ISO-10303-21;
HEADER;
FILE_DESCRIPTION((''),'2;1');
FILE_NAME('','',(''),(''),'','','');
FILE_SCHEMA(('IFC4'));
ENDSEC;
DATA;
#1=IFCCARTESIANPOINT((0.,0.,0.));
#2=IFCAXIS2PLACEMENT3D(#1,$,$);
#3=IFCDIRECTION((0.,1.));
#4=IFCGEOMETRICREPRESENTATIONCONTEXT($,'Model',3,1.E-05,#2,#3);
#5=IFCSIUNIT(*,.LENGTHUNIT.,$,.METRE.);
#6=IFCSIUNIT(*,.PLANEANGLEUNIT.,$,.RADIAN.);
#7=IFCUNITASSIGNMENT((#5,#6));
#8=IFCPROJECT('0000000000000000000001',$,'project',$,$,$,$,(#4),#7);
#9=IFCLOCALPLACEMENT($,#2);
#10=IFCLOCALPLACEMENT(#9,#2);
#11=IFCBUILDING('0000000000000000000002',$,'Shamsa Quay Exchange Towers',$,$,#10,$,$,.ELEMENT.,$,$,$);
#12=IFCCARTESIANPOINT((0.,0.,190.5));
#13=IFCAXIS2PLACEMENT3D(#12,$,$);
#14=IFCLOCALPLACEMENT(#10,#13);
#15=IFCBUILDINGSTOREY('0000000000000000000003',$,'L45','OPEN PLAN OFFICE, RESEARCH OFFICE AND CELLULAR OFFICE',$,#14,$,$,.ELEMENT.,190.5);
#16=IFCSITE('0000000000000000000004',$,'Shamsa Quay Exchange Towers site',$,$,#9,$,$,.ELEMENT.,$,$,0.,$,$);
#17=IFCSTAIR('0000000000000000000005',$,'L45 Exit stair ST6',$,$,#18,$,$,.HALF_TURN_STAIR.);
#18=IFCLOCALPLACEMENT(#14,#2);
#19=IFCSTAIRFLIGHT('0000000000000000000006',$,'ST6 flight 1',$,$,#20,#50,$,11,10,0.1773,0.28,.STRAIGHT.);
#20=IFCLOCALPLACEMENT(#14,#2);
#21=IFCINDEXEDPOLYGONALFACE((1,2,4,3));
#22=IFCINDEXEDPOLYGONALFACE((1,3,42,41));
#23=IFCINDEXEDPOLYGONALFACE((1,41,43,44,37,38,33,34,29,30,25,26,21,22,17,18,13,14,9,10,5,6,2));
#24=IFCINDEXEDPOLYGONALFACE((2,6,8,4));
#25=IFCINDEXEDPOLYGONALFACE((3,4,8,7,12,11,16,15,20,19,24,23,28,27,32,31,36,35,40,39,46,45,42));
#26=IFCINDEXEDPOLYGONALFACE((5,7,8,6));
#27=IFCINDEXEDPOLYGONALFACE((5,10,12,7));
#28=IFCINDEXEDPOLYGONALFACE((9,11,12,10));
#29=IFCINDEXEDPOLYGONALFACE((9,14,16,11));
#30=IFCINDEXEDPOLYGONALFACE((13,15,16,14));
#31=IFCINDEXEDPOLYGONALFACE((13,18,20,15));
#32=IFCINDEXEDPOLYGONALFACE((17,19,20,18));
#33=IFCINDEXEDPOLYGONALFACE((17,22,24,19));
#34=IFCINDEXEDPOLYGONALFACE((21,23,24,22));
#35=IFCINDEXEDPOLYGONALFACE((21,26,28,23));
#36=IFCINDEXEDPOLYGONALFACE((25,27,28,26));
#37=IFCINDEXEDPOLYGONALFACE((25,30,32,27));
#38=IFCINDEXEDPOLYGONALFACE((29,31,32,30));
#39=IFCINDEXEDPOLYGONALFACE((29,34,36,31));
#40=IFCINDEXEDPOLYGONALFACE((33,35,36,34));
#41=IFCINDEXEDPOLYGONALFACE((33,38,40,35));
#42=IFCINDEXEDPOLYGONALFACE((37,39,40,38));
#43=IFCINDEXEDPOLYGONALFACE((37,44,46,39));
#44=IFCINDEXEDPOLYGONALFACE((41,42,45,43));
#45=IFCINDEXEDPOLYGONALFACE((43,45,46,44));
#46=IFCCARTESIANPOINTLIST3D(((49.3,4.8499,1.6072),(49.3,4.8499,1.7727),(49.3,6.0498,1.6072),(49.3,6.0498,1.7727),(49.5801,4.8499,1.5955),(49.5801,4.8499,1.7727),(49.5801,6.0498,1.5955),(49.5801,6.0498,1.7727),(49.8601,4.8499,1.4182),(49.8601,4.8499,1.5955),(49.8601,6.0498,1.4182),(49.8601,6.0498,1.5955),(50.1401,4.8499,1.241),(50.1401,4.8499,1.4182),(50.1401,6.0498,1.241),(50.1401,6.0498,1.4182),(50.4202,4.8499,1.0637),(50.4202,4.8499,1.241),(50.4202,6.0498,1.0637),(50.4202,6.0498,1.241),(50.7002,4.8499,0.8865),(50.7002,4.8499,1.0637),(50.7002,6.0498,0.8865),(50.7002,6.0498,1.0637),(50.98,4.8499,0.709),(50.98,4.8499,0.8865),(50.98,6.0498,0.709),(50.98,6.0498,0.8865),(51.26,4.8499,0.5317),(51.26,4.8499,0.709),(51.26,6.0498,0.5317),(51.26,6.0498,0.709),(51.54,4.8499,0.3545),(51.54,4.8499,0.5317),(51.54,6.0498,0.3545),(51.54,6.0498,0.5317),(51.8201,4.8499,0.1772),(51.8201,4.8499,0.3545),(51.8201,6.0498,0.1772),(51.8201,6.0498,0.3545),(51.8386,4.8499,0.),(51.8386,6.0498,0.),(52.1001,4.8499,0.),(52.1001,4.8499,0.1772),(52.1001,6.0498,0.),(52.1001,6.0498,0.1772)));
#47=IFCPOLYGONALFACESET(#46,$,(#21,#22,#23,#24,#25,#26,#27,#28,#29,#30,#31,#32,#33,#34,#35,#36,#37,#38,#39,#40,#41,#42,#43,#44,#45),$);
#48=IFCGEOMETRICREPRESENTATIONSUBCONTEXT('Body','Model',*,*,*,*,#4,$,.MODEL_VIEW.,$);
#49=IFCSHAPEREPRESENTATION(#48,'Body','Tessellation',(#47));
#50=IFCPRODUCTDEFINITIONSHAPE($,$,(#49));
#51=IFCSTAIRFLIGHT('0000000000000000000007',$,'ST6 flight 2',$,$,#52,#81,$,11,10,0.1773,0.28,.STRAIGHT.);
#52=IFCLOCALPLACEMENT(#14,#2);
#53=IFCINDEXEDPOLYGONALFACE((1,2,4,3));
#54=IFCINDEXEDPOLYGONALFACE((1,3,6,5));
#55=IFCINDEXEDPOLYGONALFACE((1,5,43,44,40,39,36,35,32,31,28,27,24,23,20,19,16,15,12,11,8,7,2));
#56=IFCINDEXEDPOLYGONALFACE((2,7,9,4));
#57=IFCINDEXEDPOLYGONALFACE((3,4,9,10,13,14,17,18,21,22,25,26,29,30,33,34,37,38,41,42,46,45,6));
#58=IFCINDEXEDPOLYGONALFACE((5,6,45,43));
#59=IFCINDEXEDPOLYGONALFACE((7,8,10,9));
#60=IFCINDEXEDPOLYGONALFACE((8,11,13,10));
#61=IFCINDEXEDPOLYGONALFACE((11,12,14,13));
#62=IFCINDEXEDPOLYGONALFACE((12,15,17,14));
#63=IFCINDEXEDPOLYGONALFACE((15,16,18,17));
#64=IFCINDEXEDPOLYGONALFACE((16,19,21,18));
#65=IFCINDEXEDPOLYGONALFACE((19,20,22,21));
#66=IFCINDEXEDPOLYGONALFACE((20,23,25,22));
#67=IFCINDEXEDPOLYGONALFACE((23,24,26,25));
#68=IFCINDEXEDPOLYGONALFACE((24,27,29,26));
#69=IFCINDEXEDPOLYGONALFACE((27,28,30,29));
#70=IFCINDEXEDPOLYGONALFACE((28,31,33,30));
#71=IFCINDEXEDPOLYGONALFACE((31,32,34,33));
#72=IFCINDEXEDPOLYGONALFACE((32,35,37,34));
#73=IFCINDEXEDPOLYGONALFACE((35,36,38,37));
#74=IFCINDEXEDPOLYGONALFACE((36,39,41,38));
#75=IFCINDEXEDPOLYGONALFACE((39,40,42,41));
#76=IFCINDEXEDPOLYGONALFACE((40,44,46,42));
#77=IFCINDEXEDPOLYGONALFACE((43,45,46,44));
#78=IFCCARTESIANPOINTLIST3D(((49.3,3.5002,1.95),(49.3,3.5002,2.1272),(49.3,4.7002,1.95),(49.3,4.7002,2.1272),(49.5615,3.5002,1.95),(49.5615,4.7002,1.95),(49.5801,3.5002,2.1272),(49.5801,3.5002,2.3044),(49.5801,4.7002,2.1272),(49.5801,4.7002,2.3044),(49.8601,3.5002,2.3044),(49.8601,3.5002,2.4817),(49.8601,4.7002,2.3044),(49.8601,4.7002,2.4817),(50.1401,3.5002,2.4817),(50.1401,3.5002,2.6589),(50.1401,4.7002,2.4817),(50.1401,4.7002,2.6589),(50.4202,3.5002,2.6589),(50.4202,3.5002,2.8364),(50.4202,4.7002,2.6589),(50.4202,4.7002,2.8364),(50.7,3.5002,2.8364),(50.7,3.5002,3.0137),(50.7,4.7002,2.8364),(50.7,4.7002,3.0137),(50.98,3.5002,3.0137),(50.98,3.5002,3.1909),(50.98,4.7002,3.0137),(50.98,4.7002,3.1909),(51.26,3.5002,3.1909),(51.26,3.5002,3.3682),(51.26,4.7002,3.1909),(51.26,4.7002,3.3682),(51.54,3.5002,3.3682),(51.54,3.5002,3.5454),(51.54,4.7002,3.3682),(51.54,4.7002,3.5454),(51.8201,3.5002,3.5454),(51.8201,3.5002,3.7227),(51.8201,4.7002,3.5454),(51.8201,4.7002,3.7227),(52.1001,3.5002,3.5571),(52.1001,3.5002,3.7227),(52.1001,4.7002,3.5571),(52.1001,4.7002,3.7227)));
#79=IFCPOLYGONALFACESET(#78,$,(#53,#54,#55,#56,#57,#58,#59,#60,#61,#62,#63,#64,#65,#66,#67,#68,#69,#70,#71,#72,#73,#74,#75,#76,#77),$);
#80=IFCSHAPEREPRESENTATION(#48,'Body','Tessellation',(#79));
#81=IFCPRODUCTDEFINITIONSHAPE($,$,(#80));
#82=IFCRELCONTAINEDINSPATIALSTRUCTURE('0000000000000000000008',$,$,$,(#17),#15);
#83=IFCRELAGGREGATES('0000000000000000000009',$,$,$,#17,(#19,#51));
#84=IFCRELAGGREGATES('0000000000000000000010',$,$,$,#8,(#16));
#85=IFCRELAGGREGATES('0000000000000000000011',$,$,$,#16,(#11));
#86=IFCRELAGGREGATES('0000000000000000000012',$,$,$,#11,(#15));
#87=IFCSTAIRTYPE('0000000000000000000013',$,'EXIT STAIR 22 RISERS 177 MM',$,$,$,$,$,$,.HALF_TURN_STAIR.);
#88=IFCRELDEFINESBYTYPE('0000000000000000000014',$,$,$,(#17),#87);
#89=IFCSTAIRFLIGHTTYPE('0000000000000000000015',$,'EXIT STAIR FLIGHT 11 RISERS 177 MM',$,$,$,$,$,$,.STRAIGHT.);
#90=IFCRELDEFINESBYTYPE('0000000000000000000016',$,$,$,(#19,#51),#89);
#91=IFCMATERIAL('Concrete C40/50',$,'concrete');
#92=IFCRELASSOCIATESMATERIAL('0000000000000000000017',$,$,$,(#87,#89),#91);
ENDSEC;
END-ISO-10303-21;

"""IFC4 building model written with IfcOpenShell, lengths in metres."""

from ifc_helpers import new_model, si_unit, direction, frame, origin, place, context, subcontext, project, spatial, polyline, outline, extrude, material, type_object, element, aggregate, save


model = new_model("IFC4")

# Units and contexts
model_context = context("Model", 3, precision=1e-05, world=origin(), true_north=direction((0.0, 1.0)))
body_context = subcontext(model_context, "Body", "Model", "MODEL_VIEW")
ifc_project = project(units=[si_unit("LENGTHUNIT", "METRE"), si_unit("PLANEANGLEUNIT", "RADIAN")], contexts=[model_context])

# Site, building, storey
site_placement = place(None, origin())
site = spatial("IfcSite", under=ifc_project, at=site_placement, Name="Shamsa Quay Exchange Towers site", CompositionType="ELEMENT", RefElevation=0.0)
building_placement = place(site_placement, origin())
building = spatial("IfcBuilding", under=site, at=building_placement, Name="Shamsa Quay Exchange Towers", CompositionType="ELEMENT")
storey_placement = place(building_placement, frame((0.0, 0.0, 190.5)))
storey = spatial("IfcBuildingStorey", under=building, at=storey_placement, Name="L45", Description="OPEN PLAN OFFICE, RESEARCH OFFICE AND CELLULAR OFFICE", CompositionType="ELEMENT", Elevation=190.5)

# Stair, stair flights
ifc_material_1 = material(Name="Concrete C40/50", Category="concrete")
stair_type = type_object("IfcStairType", Name="EXIT STAIR 22 RISERS 177 MM", PredefinedType="HALF_TURN_STAIR", material=ifc_material_1)
stair_placement = place(storey_placement, origin())
stair = element("IfcStair", 1, at=stair_placement, inside=storey, type_object=stair_type, Name="L45 Exit stair ST6", PredefinedType="HALF_TURN_STAIR")
stair_flight_type = type_object("IfcStairFlightType", Name="EXIT STAIR FLIGHT 11 RISERS 177 MM", PredefinedType="STRAIGHT", material=ifc_material_1)
stair_flight_1_placement = place(storey_placement, frame((52.1001, 5.45, 0.0), z_axis=(0.0, 0.0, 1.0), x_axis=(-1.0, 0.0, 0.0)))
stair_flight_1 = element("IfcStairFlight", 2, at=stair_flight_1_placement, type_object=stair_flight_type, Name="ST6 flight 1", NumberOfRisers=11, NumberOfTreads=10, PredefinedType="STRAIGHT", RiserHeight=0.1773, TreadLength=0.28, context=body_context, shape_type="SweptSolid", body=[
    extrude(outline(polyline([(0.0, 0.0), (0.0, 0.1772), (0.28, 0.1772), (0.28, 0.3545), (0.5601, 0.3545), (0.5601, 0.5317), (0.8401, 0.5317), (0.8401, 0.709), (1.1201, 0.709), (1.1201, 0.8865), (1.3999, 0.8865), (1.3999, 1.0637), (1.6799, 1.0637), (1.6799, 1.241), (1.96, 1.241), (1.96, 1.4182), (2.24, 1.4182), (2.24, 1.5955), (2.52, 1.5955), (2.52, 1.7727), (2.8, 1.7727), (2.8, 1.95), (2.8, 1.6072), (0.2615, 0.0), (0.0, 0.0)])), frame((0.0, 0.6001, 0.0), z_axis=(0.0, -1.0, 0.0), x_axis=(1.0, 0.0, 0.0)), (0.0, 0.0, 1.0), 1.2),
])
stair_flight_2_placement = place(storey_placement, frame((49.3, 4.1001, 1.95)))
stair_flight_2 = element("IfcStairFlight", 3, at=stair_flight_2_placement, type_object=stair_flight_type, Name="ST6 flight 2", NumberOfRisers=11, NumberOfTreads=10, PredefinedType="STRAIGHT", RiserHeight=0.1773, TreadLength=0.28, context=body_context, shape_type="SweptSolid", body=[
    extrude(outline(polyline([(0.0, 0.0), (0.0, 0.1772), (0.28, 0.1772), (0.28, 0.3545), (0.5601, 0.3545), (0.5601, 0.5317), (0.8401, 0.5317), (0.8401, 0.709), (1.1201, 0.709), (1.1201, 0.8865), (1.3999, 0.8865), (1.3999, 1.0637), (1.6799, 1.0637), (1.6799, 1.241), (1.96, 1.241), (1.96, 1.4182), (2.24, 1.4182), (2.24, 1.5955), (2.52, 1.5955), (2.52, 1.7727), (2.8, 1.7727), (2.8, 1.95), (2.8, 1.6072), (0.2615, 0.0), (0.0, 0.0)])), frame((0.0, 0.6001, 0.0), z_axis=(0.0, -1.0, 0.0), x_axis=(1.0, 0.0, 0.0)), (0.0, 0.0, 1.0), 1.2),
])
aggregate(stair, [stair_flight_1, stair_flight_2])

save(model, "model.ifc")
